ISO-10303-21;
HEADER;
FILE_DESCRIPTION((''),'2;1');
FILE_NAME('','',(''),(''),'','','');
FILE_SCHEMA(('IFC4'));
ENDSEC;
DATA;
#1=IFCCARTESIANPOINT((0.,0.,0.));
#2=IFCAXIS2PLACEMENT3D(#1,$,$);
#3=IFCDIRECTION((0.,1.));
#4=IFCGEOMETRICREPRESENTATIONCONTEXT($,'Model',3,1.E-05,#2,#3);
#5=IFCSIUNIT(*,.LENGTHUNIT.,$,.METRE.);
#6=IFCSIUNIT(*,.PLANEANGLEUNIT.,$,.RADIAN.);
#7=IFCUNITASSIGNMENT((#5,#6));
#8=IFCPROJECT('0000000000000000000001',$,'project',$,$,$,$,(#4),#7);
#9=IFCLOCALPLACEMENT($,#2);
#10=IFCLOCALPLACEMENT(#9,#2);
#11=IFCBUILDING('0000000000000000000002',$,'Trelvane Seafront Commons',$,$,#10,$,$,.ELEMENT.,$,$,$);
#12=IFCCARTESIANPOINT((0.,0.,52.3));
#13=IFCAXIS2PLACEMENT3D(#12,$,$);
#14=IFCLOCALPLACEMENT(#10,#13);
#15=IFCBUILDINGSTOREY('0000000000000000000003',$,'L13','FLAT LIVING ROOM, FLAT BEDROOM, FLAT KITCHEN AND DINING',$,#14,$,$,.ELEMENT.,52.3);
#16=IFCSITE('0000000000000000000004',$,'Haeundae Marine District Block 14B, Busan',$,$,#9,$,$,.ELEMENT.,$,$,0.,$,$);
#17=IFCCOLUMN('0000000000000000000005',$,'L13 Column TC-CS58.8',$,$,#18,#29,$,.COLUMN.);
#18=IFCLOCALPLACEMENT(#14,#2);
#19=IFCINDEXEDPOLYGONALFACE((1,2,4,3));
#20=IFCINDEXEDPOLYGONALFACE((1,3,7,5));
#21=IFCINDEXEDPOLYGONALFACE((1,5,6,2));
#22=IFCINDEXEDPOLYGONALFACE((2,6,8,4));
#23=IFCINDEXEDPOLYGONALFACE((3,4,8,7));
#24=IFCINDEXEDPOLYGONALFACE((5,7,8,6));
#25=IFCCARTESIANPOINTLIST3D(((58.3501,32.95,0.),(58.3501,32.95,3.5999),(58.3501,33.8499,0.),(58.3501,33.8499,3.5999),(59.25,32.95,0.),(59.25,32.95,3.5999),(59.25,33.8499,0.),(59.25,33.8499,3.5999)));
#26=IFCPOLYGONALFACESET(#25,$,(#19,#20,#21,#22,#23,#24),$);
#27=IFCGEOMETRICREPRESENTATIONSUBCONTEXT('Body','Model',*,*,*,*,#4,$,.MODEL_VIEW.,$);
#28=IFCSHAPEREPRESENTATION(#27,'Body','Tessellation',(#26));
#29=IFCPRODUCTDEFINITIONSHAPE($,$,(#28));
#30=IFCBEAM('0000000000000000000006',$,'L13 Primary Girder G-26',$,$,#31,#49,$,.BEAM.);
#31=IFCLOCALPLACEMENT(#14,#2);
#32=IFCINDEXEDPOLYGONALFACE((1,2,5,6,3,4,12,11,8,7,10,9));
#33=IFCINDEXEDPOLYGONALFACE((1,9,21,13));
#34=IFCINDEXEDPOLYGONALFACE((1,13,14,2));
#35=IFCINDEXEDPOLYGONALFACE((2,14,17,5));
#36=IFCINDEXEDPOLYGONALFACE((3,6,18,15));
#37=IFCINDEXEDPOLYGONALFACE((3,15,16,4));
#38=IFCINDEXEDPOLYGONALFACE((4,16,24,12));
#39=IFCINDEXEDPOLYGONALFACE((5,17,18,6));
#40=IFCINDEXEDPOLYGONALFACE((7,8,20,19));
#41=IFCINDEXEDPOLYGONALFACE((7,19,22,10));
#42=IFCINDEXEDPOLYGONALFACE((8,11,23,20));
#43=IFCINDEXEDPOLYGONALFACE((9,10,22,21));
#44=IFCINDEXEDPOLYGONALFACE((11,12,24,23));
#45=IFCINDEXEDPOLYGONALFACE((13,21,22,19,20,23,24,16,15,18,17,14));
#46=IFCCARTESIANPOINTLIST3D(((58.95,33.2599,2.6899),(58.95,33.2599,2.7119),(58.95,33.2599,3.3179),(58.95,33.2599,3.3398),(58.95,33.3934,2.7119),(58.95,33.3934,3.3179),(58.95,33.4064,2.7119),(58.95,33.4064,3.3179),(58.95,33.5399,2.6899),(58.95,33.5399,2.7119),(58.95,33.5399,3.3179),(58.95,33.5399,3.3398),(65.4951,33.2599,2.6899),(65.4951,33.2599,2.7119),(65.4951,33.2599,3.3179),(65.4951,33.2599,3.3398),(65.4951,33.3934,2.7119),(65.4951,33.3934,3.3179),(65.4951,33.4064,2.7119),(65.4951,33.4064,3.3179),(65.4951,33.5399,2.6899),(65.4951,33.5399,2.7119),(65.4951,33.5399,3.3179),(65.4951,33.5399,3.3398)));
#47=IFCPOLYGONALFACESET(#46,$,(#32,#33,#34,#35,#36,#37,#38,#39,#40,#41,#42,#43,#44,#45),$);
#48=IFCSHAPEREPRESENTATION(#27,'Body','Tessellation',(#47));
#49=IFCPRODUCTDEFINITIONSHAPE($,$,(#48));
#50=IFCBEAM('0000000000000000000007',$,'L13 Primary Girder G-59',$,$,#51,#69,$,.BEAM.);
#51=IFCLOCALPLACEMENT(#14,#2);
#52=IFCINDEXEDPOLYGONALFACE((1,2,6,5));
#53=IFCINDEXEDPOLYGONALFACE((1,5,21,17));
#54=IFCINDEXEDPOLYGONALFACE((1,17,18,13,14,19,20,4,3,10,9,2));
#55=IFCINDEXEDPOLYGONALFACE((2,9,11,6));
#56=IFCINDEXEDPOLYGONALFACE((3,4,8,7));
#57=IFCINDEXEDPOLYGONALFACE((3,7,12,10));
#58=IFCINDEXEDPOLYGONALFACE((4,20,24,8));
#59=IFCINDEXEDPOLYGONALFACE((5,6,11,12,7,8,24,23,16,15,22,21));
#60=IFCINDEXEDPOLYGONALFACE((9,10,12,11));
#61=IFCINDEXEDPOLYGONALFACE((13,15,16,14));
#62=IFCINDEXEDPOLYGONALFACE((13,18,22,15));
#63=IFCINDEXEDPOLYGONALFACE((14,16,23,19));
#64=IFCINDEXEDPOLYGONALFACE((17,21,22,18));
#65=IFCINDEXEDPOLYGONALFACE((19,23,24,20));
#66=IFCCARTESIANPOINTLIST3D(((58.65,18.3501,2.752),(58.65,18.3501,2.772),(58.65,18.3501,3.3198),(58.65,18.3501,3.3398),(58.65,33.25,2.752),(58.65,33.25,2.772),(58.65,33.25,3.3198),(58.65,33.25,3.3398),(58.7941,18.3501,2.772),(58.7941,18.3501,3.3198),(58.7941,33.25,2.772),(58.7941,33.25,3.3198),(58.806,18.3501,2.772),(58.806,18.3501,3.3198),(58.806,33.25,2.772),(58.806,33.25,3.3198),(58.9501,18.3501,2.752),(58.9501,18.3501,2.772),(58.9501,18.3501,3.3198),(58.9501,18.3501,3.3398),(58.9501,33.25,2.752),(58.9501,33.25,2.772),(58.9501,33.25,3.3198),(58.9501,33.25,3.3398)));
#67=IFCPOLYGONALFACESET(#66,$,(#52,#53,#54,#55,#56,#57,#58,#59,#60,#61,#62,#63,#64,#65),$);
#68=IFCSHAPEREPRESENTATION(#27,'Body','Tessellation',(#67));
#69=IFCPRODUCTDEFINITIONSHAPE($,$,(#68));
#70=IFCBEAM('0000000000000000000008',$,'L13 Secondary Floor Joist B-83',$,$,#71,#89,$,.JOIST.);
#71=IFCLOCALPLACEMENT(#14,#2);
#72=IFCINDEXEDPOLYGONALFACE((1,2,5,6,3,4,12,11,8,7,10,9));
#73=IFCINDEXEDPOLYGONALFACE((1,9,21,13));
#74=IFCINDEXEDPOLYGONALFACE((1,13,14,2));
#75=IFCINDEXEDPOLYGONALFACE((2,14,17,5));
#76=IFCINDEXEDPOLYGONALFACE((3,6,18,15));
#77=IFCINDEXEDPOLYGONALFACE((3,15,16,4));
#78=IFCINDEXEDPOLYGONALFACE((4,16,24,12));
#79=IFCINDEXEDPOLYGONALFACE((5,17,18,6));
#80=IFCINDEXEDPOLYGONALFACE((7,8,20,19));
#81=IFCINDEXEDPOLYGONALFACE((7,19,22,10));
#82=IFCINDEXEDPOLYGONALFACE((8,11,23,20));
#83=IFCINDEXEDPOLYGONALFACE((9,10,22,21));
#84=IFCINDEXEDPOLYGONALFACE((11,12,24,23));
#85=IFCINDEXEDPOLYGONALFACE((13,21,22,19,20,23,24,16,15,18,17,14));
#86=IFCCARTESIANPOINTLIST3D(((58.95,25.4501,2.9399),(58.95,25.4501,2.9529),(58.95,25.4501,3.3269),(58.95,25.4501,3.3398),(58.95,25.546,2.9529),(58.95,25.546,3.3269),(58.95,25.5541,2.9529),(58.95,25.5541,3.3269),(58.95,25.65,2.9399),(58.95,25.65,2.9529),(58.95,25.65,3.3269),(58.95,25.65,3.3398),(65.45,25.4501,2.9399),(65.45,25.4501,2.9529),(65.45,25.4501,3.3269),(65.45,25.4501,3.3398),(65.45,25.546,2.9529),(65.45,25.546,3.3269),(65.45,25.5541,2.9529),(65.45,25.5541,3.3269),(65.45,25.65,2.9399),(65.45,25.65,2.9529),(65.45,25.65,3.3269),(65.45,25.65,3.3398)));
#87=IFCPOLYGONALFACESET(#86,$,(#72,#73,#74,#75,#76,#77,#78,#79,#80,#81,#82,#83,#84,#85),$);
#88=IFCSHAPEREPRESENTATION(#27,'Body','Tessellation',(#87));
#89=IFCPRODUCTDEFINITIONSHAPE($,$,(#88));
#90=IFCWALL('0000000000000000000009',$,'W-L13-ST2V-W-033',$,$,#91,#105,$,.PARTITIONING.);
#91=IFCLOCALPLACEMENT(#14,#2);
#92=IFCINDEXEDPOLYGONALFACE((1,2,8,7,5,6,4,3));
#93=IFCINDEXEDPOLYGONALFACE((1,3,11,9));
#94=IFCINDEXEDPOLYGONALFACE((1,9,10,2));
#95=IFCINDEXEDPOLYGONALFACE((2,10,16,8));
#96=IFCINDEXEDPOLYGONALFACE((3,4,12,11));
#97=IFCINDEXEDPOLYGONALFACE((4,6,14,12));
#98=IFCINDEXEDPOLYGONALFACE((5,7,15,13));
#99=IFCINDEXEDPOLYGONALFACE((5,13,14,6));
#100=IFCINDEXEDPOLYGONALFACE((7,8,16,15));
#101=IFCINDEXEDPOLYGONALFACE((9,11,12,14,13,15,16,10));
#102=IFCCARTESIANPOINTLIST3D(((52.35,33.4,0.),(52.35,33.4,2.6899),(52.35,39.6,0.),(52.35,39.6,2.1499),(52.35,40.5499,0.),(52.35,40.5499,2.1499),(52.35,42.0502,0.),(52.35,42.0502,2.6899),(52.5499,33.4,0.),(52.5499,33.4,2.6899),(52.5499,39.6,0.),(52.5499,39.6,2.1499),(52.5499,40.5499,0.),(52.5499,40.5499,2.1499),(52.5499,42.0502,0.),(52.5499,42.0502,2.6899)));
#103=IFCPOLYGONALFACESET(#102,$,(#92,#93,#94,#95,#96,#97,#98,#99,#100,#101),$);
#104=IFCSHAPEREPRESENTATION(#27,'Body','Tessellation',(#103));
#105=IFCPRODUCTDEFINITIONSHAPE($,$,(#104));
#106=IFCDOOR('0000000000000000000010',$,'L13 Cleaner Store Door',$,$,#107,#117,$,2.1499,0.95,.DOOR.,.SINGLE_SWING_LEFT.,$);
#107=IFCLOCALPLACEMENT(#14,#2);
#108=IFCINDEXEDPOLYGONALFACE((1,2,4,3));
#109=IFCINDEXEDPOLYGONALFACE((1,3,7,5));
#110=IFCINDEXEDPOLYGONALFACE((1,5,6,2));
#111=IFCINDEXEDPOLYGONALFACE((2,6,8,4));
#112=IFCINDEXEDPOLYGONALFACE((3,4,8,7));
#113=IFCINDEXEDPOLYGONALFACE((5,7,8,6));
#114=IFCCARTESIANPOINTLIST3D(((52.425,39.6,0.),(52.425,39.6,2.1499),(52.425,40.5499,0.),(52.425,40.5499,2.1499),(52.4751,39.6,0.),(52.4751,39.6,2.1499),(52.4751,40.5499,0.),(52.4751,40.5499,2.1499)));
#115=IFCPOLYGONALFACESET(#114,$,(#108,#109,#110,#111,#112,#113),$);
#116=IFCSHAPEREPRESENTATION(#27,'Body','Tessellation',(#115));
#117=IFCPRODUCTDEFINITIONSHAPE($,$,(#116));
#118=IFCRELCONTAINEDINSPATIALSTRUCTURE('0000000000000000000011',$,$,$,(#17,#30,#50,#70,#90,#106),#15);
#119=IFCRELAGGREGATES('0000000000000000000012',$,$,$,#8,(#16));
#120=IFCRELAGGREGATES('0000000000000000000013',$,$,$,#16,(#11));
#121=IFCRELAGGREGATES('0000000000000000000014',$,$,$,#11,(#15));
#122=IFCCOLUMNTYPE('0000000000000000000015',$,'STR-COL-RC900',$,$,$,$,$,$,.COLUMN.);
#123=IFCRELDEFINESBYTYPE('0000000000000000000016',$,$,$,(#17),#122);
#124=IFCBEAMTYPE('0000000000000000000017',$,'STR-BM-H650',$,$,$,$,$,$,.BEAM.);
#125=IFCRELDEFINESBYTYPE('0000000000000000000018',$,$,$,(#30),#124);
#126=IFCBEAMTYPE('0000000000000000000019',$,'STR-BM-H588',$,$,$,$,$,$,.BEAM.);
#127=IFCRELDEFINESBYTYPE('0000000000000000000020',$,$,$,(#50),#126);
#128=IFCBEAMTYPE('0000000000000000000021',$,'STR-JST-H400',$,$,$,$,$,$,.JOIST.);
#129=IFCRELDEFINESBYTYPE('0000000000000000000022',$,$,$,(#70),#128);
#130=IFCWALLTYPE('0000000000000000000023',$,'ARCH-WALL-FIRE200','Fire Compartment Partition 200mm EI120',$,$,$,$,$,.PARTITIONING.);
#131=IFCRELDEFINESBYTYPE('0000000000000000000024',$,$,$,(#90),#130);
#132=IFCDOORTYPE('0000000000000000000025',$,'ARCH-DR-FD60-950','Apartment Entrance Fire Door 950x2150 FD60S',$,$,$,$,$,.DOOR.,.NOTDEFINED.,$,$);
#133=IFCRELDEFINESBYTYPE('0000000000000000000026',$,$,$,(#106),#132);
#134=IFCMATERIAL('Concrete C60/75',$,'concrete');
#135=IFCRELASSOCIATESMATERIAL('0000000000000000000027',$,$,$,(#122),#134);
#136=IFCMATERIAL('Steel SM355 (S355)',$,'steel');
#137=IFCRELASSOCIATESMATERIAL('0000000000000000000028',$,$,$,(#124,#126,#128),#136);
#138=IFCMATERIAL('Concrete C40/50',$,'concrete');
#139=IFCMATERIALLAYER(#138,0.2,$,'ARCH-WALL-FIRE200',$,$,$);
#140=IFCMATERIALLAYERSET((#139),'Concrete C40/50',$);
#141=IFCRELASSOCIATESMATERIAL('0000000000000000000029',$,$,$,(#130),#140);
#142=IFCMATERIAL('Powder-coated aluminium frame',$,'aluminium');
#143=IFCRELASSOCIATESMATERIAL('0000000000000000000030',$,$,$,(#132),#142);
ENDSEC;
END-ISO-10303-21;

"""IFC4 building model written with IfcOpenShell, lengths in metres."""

from ifc_helpers import new_model, si_unit, direction, frame, frame_2d, origin, origin_2d, place, context, subcontext, project, spatial, rectangle, i_section, extrude, source, transform, mapped, material, layer, layer_set, material_profile, profile_set, type_object, element, fill, save


model = new_model("IFC4")

# Units and contexts
model_context = context("Model", 3, precision=1e-05, world=origin(), true_north=direction((0.0, 1.0)))
body_context = subcontext(model_context, "Body", "Model", "MODEL_VIEW")
ifc_project = project(units=[si_unit("LENGTHUNIT", "METRE"), si_unit("PLANEANGLEUNIT", "RADIAN")], contexts=[model_context])

# Site, building, storey
site_placement = place(None, origin())
site = spatial("IfcSite", under=ifc_project, at=site_placement, Name="Haeundae Marine District Block 14B, Busan", CompositionType="ELEMENT", RefElevation=0.0)
building_placement = place(site_placement, origin())
building = spatial("IfcBuilding", under=site, at=building_placement, Name="Trelvane Seafront Commons", CompositionType="ELEMENT")
storey_placement = place(building_placement, frame((0.0, 0.0, 52.3)))
storey = spatial("IfcBuildingStorey", under=building, at=storey_placement, Name="L13", Description="FLAT LIVING ROOM, FLAT BEDROOM, FLAT KITCHEN AND DINING", CompositionType="ELEMENT", Elevation=52.3)

# Column
ifc_material_1 = material(Name="Concrete C60/75", Category="concrete")
ifc_material_profile_1 = material_profile(ifc_material_1, rectangle(XDim=0.8999, YDim=0.8999, at=origin_2d()), Name="RC-900x900")
ifc_profile_set_1 = profile_set([ifc_material_profile_1], Name="Concrete C60/75")
column_type = type_object("IfcColumnType", Name="STR-COL-RC900", PredefinedType="COLUMN", material=ifc_profile_set_1)
shared_shape_1 = source(origin(), body_context, "Body", "SweptSolid", [
    extrude(rectangle(XDim=0.8999, YDim=0.8999, at=origin_2d()), origin(), (0.0, 0.0, 1.0), 3.5999),
])
column_placement = place(storey_placement, frame((58.8, 33.3999, 0.0), z_axis=(0.0, 0.0, 1.0), x_axis=(1.0, 0.0, 0.0)))
element("IfcColumn", 1, at=column_placement, inside=storey, type_object=column_type, Name="L13 Column TC-CS58.8", PredefinedType="COLUMN", context=body_context, shape_type="MappedRepresentation", body=[
    mapped(shared_shape_1, transform((0.0, 0.0, 0.0), x_axis=(1.0, 0.0, 0.0), y_axis=(0.0, 1.0, 0.0), z_axis=(0.0, 0.0, 1.0), scale=1.0)),
])

# Beams
ifc_material_2 = material(Name="Steel SM355 (S355)", Category="steel")
ifc_material_profile_2 = material_profile(ifc_material_2, i_section(OverallWidth=0.28, OverallDepth=0.6499, WebThickness=0.0129, FlangeThickness=0.022, at=origin_2d()), Name="H-650x280x13x22")
ifc_profile_set_2 = profile_set([ifc_material_profile_2], Name="Steel SM355 (S355)")
beam_type_1 = type_object("IfcBeamType", Name="STR-BM-H650", PredefinedType="BEAM", material=ifc_profile_set_2)
shared_shape_2 = source(origin(), body_context, "Body", "SweptSolid", [
    extrude(i_section(OverallWidth=0.28, OverallDepth=0.6499, WebThickness=0.0129, FlangeThickness=0.022, at=origin_2d()), origin(), (0.0, 0.0, 1.0), 6.5452),
])
beam_1_placement = place(storey_placement, frame((58.95, 33.3999, 3.0149), z_axis=(1.0, 0.0, 0.0), x_axis=(0.0, 1.0, 0.0)))
element("IfcBeam", 2, at=beam_1_placement, inside=storey, type_object=beam_type_1, Name="L13 Primary Girder G-26", PredefinedType="BEAM", context=body_context, shape_type="MappedRepresentation", body=[
    mapped(shared_shape_2, transform((0.0, 0.0, 0.0), x_axis=(1.0, 0.0, 0.0), y_axis=(0.0, 1.0, 0.0), z_axis=(0.0, 0.0, 1.0), scale=1.0)),
])
ifc_material_profile_3 = material_profile(ifc_material_2, i_section(OverallWidth=0.3, OverallDepth=0.5879, WebThickness=0.012, FlangeThickness=0.02, at=origin_2d()), Name="H-588x300x12x20")
ifc_profile_set_3 = profile_set([ifc_material_profile_3], Name="Steel SM355 (S355)")
beam_type_2 = type_object("IfcBeamType", Name="STR-BM-H588", PredefinedType="BEAM", material=ifc_profile_set_3)
shared_shape_3 = source(origin(), body_context, "Body", "SweptSolid", [
    extrude(i_section(OverallWidth=0.3, OverallDepth=0.5879, WebThickness=0.012, FlangeThickness=0.02, at=origin_2d()), origin(), (0.0, 0.0, 1.0), 14.8999),
])
beam_2_placement = place(storey_placement, frame((58.8, 18.3501, 3.0459), z_axis=(0.0, 1.0, 0.0), x_axis=(-1.0, 0.0, 0.0)))
element("IfcBeam", 3, at=beam_2_placement, inside=storey, type_object=beam_type_2, Name="L13 Primary Girder G-59", PredefinedType="BEAM", context=body_context, shape_type="MappedRepresentation", body=[
    mapped(shared_shape_3, transform((0.0, 0.0, 0.0), x_axis=(1.0, 0.0, 0.0), y_axis=(0.0, 1.0, 0.0), z_axis=(0.0, 0.0, 1.0), scale=1.0)),
])
ifc_material_profile_4 = material_profile(ifc_material_2, i_section(OverallWidth=0.2, OverallDepth=0.3999, WebThickness=0.0081, FlangeThickness=0.0129, at=origin_2d()), Name="H-400x200x8x13")
ifc_profile_set_4 = profile_set([ifc_material_profile_4], Name="Steel SM355 (S355)")
beam_type_3 = type_object("IfcBeamType", Name="STR-JST-H400", PredefinedType="JOIST", material=ifc_profile_set_4)
shared_shape_4 = source(origin(), body_context, "Body", "SweptSolid", [
    extrude(i_section(OverallWidth=0.2, OverallDepth=0.3999, WebThickness=0.0081, FlangeThickness=0.0129, at=origin_2d()), origin(), (0.0, 0.0, 1.0), 6.5),
])
beam_3_placement = place(storey_placement, frame((58.95, 25.55, 3.1399), z_axis=(1.0, 0.0, 0.0), x_axis=(0.0, 1.0, 0.0)))
element("IfcBeam", 4, at=beam_3_placement, inside=storey, type_object=beam_type_3, Name="L13 Secondary Floor Joist B-83", PredefinedType="JOIST", context=body_context, shape_type="MappedRepresentation", body=[
    mapped(shared_shape_4, transform((0.0, 0.0, 0.0), x_axis=(1.0, 0.0, 0.0), y_axis=(0.0, 1.0, 0.0), z_axis=(0.0, 0.0, 1.0), scale=1.0)),
])

# Wall, opening, door
ifc_material_3 = material(Name="Concrete C40/50", Category="concrete")
ifc_layer_1 = layer(ifc_material_3, 0.2, Name="ARCH-WALL-FIRE200")
ifc_layer_set_1 = layer_set([ifc_layer_1], Name="Concrete C40/50")
wall_type_1 = type_object("IfcWallType", Name="ARCH-WALL-FIRE200", Description="Fire Compartment Partition 200mm EI120", PredefinedType="PARTITIONING", material=ifc_layer_set_1)
wall_1_placement = place(storey_placement, frame((52.45, 33.3999, 0.0), z_axis=(0.0, 0.0, 1.0), x_axis=(0.0, 1.0, 0.0)))
wall_1 = element("IfcWall", 5, at=wall_1_placement, inside=storey, type_object=wall_type_1, Name="W-L13-ST2V-W-033", PredefinedType="PARTITIONING", context=body_context, shape_type="SweptSolid", body=[
    extrude(rectangle(XDim=8.6501, YDim=0.2, at=frame_2d((4.3252, 0.0))), origin(), (0.0, 0.0, 1.0), 2.6899),
])
opening_1_placement = place(wall_1_placement, frame((6.2, 0.0, 0.0)))
opening_1 = element("IfcOpeningElement", 6, at=opening_1_placement, cuts=wall_1, PredefinedType="OPENING", context=body_context, shape_type="SweptSolid", body=[
    extrude(rectangle(XDim=0.95, YDim=2.1499, at=frame_2d((0.4751, 1.075))), frame((0.0, 0.1099, 0.0), z_axis=(0.0, -1.0, 0.0), x_axis=(1.0, 0.0, 0.0)), (0.0, 0.0, 1.0), 0.22),
])
ifc_material_4 = material(Name="Powder-coated aluminium frame", Category="aluminium")
door_type_1 = type_object("IfcDoorType", Name="ARCH-DR-FD60-950", Description="Apartment Entrance Fire Door 950x2150 FD60S", OperationType="NOTDEFINED", PredefinedType="DOOR", material=ifc_material_4)
shared_shape_5 = source(origin(), body_context, "Body", "SweptSolid", [
    extrude(rectangle(XDim=0.95, YDim=2.1499, at=frame_2d((0.4751, 1.075))), frame((0.0, 0.0249, 0.0), z_axis=(0.0, -1.0, 0.0), x_axis=(1.0, 0.0, 0.0)), (0.0, 0.0, 1.0), 0.05),
])
door_1_placement = place(opening_1_placement, origin())
door_1 = element("IfcDoor", 7, at=door_1_placement, inside=storey, type_object=door_type_1, Name="L13 Cleaner Store Door", OperationType="SINGLE_SWING_LEFT", OverallHeight=2.1499, OverallWidth=0.95, PredefinedType="DOOR", context=body_context, shape_type="MappedRepresentation", body=[
    mapped(shared_shape_5, transform((0.0, 0.0, 0.0), x_axis=(1.0, 0.0, 0.0), y_axis=(0.0, 1.0, 0.0), z_axis=(0.0, 0.0, 1.0), scale=1.0)),
])
fill(opening_1, door_1)

save(model, "model.ifc")
